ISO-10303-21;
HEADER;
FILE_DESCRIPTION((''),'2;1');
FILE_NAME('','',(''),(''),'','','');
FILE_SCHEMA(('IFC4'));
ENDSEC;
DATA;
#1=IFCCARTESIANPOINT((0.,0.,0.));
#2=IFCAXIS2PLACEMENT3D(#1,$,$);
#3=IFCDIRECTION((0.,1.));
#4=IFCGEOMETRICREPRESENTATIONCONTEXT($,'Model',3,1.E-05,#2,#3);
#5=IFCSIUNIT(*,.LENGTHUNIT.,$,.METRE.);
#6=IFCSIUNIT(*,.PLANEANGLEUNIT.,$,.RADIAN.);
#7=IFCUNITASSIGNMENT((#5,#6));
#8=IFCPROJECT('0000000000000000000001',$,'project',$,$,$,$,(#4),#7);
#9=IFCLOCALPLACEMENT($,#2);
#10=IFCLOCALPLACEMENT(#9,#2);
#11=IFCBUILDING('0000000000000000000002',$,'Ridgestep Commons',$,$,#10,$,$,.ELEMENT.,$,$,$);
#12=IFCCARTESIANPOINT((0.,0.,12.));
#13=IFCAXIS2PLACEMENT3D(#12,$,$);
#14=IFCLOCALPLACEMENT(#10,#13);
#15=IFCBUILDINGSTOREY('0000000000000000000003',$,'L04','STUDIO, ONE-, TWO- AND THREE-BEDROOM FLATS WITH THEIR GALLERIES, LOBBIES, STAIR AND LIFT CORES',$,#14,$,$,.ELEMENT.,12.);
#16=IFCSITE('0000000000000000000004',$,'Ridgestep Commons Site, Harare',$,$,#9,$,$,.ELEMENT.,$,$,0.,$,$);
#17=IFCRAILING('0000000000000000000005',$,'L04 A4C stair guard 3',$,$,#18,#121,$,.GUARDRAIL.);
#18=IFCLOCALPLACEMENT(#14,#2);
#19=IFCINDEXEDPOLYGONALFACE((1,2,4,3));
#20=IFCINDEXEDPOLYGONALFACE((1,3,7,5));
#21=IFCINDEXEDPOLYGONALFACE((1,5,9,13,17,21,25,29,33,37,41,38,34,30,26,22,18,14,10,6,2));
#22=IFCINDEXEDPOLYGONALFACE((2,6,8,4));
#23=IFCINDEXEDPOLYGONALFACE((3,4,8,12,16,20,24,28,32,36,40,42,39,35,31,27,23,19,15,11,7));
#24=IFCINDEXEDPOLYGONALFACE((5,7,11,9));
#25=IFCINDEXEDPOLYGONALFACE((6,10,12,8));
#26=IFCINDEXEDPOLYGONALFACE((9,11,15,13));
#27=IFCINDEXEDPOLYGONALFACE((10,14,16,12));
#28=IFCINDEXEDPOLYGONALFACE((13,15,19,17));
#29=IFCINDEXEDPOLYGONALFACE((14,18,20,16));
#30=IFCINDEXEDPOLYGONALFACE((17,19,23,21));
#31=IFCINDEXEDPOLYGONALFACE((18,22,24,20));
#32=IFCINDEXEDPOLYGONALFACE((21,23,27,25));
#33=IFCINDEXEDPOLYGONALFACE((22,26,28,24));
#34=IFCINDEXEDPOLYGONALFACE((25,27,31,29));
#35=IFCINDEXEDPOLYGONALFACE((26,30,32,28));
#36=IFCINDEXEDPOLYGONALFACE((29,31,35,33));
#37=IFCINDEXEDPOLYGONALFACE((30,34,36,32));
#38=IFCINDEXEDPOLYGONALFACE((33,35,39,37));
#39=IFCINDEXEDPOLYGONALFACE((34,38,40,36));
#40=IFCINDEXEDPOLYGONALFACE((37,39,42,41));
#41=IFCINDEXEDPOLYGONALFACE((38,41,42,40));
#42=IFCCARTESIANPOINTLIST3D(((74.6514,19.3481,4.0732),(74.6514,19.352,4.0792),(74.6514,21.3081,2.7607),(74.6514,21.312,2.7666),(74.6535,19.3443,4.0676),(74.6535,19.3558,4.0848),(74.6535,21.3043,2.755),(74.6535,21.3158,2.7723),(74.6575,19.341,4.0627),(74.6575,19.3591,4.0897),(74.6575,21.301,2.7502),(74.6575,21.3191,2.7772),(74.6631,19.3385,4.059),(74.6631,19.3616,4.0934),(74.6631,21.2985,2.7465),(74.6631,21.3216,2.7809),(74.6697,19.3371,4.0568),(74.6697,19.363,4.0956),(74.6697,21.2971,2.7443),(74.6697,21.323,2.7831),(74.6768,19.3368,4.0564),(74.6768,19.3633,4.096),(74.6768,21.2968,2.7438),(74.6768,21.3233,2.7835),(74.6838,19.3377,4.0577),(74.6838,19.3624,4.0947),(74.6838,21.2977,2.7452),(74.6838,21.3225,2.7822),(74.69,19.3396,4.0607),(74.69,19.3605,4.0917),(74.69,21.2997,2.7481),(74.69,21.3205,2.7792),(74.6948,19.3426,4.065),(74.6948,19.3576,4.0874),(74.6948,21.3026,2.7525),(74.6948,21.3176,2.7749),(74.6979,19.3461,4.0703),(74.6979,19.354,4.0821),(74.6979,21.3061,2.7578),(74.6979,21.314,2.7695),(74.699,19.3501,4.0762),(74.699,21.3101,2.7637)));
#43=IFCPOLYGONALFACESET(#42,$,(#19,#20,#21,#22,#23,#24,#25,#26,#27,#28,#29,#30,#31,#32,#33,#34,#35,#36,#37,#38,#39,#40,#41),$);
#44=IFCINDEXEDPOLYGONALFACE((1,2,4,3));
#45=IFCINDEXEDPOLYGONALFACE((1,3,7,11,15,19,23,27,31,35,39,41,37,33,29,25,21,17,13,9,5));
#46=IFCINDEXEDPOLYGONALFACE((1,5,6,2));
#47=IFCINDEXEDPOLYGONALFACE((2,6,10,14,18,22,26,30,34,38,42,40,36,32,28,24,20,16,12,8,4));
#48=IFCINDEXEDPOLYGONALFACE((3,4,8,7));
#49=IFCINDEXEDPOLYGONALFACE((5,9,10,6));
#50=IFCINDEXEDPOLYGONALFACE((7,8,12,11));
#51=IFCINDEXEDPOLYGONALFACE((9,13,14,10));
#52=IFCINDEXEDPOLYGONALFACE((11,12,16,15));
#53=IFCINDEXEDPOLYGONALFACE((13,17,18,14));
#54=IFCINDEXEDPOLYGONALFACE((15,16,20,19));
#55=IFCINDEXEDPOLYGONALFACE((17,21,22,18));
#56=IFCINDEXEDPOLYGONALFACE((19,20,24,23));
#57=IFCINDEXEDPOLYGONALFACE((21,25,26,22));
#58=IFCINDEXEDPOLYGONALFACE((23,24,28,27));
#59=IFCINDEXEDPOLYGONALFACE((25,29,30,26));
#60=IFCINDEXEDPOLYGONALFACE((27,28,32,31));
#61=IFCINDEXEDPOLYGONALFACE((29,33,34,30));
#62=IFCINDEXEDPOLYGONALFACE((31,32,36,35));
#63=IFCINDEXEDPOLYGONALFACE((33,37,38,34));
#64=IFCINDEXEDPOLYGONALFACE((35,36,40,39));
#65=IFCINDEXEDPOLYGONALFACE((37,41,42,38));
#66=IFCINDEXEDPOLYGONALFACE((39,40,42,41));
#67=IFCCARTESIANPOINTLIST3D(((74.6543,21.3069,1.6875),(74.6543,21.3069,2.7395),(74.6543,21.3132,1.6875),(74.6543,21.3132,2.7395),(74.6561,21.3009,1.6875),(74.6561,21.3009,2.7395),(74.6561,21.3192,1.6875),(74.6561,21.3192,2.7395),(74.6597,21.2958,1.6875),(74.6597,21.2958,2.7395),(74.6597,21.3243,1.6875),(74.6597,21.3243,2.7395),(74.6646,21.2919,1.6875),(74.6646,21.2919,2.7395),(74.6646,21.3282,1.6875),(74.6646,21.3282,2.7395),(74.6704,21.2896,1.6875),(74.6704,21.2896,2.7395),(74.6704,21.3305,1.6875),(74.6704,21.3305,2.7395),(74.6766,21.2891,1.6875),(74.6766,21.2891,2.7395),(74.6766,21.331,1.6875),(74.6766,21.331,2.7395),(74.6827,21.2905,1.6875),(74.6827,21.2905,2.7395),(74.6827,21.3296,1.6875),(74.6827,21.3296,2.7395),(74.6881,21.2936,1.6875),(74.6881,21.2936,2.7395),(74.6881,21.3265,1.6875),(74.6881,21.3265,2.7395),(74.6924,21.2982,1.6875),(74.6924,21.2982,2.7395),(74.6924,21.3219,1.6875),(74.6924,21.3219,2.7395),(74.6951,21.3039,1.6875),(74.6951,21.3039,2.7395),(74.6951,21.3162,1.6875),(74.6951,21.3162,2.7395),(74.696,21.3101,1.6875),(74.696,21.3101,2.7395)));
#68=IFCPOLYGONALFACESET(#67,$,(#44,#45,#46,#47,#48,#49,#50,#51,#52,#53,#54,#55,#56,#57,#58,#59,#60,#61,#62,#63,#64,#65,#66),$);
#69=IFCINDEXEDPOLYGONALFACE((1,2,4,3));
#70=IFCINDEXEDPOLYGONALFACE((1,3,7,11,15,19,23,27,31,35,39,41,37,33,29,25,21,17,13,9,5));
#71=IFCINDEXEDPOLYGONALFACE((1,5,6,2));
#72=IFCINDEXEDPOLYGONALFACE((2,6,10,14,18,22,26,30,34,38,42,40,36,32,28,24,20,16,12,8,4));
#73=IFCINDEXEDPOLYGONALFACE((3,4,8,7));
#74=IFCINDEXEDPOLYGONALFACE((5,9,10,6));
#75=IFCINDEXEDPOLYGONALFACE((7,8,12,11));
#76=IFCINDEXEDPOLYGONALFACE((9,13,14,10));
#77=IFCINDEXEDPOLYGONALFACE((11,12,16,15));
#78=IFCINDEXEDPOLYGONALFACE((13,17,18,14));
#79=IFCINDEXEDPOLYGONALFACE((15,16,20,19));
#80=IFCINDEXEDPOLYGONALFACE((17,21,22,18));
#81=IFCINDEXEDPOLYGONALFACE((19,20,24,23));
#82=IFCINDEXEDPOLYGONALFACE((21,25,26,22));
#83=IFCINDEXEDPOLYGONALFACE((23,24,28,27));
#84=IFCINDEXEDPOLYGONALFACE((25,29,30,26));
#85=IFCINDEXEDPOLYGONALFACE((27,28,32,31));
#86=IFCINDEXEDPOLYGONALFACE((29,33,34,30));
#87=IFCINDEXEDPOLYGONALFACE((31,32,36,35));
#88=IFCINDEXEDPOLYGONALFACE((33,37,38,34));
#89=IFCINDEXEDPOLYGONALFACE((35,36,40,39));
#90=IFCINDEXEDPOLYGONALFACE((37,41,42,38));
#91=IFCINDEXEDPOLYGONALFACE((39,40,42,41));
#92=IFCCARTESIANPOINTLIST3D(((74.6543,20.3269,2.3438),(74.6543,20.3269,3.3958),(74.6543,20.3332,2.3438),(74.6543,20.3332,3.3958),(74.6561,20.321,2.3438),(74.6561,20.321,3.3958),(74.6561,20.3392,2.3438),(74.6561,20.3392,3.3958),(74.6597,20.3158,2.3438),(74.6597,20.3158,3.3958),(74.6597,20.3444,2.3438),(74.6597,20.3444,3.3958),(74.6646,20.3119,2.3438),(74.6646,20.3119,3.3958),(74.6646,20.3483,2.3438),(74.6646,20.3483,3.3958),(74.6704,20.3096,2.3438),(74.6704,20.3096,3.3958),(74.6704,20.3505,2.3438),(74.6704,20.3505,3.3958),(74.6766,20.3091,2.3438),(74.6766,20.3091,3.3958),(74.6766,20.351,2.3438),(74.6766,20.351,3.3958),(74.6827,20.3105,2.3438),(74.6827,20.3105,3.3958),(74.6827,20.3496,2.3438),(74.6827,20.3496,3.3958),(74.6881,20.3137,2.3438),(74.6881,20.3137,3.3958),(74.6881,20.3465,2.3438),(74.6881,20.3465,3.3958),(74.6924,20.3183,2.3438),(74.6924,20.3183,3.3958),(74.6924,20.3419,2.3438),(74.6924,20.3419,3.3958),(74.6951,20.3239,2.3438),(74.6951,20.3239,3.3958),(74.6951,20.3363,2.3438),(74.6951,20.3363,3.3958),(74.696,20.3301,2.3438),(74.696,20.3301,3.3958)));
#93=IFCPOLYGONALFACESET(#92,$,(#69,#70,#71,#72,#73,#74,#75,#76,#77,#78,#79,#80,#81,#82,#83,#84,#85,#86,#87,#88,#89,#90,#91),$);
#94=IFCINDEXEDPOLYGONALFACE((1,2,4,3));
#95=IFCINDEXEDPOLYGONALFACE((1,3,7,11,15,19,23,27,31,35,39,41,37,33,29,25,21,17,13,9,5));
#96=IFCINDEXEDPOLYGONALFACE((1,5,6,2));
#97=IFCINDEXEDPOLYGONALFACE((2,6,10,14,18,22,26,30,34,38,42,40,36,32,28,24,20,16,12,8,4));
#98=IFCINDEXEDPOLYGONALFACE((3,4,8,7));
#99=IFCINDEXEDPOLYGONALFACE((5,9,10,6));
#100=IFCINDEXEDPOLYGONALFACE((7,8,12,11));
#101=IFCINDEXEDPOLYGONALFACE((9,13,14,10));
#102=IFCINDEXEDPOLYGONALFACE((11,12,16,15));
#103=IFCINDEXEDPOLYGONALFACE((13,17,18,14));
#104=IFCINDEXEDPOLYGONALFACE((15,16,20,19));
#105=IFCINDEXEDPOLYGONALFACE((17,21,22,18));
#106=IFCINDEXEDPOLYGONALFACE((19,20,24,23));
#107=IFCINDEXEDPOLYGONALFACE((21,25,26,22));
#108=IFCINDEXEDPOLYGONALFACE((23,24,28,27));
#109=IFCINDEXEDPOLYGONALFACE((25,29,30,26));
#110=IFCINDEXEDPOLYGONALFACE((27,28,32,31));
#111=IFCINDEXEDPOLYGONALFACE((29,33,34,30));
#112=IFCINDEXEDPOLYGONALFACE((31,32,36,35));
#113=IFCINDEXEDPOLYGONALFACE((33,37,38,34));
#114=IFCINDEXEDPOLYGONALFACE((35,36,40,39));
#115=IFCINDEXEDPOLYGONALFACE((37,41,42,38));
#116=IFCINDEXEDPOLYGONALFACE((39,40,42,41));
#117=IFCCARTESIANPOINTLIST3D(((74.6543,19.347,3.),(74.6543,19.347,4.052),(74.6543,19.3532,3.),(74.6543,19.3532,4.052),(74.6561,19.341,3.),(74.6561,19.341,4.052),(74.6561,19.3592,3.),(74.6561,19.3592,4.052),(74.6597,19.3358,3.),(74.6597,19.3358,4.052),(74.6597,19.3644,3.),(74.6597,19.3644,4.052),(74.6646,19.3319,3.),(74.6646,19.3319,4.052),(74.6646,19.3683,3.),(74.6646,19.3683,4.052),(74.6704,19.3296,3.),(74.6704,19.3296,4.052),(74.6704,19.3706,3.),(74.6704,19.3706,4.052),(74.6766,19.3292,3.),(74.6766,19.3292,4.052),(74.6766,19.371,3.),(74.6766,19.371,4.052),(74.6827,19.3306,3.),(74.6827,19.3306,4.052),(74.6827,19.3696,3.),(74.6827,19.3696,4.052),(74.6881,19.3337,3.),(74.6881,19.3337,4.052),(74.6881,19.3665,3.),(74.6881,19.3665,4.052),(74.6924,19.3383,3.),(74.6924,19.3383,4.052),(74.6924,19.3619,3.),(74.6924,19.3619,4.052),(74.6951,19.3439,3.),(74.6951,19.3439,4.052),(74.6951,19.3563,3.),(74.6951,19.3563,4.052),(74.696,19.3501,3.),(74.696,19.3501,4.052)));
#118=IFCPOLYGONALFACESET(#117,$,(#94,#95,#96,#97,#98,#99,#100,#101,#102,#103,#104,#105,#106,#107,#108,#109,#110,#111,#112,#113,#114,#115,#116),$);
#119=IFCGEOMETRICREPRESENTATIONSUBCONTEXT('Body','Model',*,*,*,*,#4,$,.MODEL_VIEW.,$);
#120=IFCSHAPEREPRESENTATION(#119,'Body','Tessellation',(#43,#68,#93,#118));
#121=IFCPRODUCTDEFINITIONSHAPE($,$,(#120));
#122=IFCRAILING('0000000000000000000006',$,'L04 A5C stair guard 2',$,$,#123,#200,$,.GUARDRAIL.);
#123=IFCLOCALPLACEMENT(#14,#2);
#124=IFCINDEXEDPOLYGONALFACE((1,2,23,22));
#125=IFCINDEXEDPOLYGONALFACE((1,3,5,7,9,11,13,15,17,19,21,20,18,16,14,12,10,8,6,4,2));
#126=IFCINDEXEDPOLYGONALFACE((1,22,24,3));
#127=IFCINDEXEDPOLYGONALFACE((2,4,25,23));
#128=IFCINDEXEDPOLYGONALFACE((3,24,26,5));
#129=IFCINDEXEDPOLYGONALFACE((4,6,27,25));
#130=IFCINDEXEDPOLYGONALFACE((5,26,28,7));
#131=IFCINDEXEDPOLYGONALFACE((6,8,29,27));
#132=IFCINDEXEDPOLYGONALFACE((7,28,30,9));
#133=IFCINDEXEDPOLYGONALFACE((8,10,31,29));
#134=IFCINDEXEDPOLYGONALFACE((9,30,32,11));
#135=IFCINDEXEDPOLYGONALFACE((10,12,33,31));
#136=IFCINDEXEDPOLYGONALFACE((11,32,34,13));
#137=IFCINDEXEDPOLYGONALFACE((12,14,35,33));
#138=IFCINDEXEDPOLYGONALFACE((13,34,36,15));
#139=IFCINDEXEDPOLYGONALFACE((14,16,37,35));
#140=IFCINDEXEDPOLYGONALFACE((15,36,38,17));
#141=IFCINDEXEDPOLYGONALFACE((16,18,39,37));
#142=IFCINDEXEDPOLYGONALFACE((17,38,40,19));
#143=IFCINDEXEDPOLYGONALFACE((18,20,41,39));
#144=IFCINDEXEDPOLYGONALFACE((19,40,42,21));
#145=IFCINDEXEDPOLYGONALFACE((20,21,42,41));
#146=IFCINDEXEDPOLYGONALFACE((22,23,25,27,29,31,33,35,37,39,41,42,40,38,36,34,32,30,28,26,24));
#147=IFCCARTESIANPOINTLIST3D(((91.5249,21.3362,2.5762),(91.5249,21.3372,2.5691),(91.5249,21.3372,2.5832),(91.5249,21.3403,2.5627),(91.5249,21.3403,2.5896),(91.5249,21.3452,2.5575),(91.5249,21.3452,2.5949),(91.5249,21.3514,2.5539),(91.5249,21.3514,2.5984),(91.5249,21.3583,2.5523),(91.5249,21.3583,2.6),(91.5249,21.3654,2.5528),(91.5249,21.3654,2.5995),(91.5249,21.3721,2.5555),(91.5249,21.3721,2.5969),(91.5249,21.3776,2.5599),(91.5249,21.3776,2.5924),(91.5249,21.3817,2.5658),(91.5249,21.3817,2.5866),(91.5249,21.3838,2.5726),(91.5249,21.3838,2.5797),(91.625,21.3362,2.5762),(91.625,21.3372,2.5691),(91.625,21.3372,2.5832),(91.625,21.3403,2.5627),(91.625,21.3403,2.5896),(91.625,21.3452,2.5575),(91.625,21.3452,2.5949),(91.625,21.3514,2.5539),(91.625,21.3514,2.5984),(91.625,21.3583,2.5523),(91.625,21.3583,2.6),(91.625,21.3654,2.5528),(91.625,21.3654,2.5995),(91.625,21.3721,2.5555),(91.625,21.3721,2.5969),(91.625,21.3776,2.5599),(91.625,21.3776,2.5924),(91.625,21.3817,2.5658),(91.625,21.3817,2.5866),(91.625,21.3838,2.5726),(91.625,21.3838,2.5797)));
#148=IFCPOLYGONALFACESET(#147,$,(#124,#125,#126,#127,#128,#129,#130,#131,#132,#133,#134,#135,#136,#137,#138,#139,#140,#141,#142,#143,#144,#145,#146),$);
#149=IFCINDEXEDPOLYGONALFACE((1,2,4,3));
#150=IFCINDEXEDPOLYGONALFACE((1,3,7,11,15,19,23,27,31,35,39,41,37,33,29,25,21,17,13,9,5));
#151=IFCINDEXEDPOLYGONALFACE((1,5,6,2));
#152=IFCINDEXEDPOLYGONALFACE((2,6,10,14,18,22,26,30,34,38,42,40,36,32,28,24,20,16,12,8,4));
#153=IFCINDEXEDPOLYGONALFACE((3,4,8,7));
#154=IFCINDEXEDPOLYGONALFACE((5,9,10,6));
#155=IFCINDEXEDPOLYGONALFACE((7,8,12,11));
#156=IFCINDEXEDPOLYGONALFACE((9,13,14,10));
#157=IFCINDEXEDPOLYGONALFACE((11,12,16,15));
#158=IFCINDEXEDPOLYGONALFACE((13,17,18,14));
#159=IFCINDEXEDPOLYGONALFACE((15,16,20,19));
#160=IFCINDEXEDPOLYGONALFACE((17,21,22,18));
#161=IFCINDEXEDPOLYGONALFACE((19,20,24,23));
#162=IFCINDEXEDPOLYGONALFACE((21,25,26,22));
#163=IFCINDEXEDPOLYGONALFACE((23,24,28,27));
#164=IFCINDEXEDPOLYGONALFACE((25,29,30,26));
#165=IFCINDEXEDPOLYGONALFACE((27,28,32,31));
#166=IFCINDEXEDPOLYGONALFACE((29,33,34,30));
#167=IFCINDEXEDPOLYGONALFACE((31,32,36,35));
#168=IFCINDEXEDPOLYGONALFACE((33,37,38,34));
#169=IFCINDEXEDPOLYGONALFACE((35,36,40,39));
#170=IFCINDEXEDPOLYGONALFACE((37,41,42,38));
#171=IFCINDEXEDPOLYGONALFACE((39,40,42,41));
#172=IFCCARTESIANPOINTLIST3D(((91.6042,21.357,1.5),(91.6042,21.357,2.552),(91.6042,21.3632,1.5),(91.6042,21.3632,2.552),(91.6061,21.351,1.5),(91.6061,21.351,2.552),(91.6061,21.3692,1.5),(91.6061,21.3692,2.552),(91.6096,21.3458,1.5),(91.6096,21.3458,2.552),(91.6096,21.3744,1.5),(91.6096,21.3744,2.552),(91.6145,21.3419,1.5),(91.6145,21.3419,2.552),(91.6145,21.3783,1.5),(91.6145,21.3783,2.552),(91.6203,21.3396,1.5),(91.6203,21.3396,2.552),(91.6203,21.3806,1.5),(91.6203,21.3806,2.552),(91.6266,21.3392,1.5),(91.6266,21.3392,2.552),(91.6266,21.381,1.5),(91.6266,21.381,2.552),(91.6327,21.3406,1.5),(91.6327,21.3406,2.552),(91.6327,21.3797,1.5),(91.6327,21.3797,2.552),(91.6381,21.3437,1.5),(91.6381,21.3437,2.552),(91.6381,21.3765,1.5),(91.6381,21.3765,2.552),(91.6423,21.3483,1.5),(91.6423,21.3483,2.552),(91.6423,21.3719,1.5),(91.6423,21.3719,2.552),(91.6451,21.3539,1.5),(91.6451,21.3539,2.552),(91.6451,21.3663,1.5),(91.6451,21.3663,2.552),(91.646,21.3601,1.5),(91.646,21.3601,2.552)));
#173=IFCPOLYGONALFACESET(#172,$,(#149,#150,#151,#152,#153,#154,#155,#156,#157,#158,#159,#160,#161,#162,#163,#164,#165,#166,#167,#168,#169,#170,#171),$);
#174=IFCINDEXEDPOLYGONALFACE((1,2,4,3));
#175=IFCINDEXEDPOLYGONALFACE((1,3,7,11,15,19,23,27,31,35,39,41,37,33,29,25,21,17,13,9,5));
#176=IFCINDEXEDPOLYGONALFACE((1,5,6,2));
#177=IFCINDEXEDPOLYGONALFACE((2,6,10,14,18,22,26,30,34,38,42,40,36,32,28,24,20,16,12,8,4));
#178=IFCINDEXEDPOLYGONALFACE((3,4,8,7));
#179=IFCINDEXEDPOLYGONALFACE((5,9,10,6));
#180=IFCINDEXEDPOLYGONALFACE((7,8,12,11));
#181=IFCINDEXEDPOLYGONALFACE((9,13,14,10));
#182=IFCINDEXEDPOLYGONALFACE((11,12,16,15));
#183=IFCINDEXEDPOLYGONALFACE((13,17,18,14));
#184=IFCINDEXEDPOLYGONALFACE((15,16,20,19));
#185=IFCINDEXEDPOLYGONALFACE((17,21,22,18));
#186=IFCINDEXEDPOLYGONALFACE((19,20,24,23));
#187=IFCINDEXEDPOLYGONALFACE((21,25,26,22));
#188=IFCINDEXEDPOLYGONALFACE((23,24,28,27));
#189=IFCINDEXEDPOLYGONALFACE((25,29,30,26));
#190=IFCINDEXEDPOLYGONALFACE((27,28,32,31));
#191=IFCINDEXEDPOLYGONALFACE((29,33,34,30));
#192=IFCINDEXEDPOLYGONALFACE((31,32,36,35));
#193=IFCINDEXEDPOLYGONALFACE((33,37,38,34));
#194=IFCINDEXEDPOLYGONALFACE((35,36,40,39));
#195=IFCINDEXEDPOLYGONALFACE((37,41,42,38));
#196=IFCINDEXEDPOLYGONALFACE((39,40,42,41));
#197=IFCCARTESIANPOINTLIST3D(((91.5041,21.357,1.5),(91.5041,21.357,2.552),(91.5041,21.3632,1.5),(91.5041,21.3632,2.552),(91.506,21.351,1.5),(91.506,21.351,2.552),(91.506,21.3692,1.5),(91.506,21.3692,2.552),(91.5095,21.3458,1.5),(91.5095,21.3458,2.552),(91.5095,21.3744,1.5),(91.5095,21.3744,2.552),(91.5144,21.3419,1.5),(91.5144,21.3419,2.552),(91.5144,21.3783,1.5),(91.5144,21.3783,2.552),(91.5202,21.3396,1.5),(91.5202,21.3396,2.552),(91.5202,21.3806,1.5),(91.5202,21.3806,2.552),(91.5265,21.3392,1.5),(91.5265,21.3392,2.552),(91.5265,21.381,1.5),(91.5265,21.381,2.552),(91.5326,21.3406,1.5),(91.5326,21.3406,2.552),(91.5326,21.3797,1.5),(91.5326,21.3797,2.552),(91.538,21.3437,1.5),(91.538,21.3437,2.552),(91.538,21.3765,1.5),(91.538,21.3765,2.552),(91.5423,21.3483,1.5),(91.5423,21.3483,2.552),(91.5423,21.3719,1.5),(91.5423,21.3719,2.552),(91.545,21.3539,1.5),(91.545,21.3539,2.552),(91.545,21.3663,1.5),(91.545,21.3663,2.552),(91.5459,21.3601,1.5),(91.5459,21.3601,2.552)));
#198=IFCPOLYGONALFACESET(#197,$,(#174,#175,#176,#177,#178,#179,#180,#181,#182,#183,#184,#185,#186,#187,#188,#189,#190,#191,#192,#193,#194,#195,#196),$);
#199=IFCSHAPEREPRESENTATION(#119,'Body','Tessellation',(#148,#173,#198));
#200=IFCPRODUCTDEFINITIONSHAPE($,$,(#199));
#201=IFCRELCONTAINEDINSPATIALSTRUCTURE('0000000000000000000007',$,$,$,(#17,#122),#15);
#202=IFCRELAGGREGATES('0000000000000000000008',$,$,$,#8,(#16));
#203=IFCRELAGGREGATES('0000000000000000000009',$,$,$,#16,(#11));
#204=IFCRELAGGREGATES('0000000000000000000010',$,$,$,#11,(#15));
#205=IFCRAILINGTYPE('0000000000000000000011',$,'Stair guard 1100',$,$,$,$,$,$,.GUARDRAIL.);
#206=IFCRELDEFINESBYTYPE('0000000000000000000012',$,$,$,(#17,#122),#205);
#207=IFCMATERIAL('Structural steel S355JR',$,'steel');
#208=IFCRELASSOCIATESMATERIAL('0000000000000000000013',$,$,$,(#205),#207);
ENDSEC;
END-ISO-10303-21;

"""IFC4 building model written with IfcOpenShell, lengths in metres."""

from ifc_helpers import new_model, si_unit, direction, frame, origin, origin_2d, place, context, subcontext, project, spatial, circle, extrude, material, type_object, element, save


model = new_model("IFC4")

# Units and contexts
model_context = context("Model", 3, precision=1e-05, world=origin(), true_north=direction((0.0, 1.0)))
body_context = subcontext(model_context, "Body", "Model", "MODEL_VIEW")
ifc_project = project(units=[si_unit("LENGTHUNIT", "METRE"), si_unit("PLANEANGLEUNIT", "RADIAN")], contexts=[model_context])

# Site, building, storey
site_placement = place(None, origin())
site = spatial("IfcSite", under=ifc_project, at=site_placement, Name="Ridgestep Commons Site, Harare", CompositionType="ELEMENT", RefElevation=0.0)
building_placement = place(site_placement, origin())
building = spatial("IfcBuilding", under=site, at=building_placement, Name="Ridgestep Commons", CompositionType="ELEMENT")
storey_placement = place(building_placement, frame((0.0, 0.0, 12.0)))
storey = spatial("IfcBuildingStorey", under=building, at=storey_placement, Name="L04", Description="STUDIO, ONE-, TWO- AND THREE-BEDROOM FLATS WITH THEIR GALLERIES, LOBBIES, STAIR AND LIFT CORES", CompositionType="ELEMENT", Elevation=12.0)

# Railings
ifc_material_1 = material(Name="Structural steel S355JR", Category="steel")
railing_type_1 = type_object("IfcRailingType", Name="Stair guard 1100", PredefinedType="GUARDRAIL", material=ifc_material_1)
railing_1_placement = place(storey_placement, frame((74.675, 21.3101, 1.6875)))
element("IfcRailing", 1, at=railing_1_placement, inside=storey, type_object=railing_type_1, Name="L04 A4C stair guard 3", PredefinedType="GUARDRAIL", context=body_context, shape_type="SweptSolid", body=[
    extrude(circle(Radius=0.0239, at=origin_2d()), frame((0.0, 0.0, 1.0762), z_axis=(0.0, -0.830902, 0.556419), x_axis=(1.0, 0.0, 0.0)), (0.0, 0.0, 1.0), 2.3589),
    extrude(circle(Radius=0.021, at=origin_2d()), origin(), (0.0, 0.0, 1.0), 1.052),
    extrude(circle(Radius=0.021, at=origin_2d()), frame((0.0, -0.98, 0.6562)), (0.0, 0.0, 1.0), 1.052),
    extrude(circle(Radius=0.021, at=origin_2d()), frame((0.0, -1.96, 1.3125)), (0.0, 0.0, 1.0), 1.052),
])
railing_2_placement = place(storey_placement, frame((91.625, 21.3601, 1.5)))
element("IfcRailing", 2, at=railing_2_placement, inside=storey, type_object=railing_type_1, Name="L04 A5C stair guard 2", PredefinedType="GUARDRAIL", context=body_context, shape_type="SweptSolid", body=[
    extrude(circle(Radius=0.0239, at=origin_2d()), frame((0.0, 0.0, 1.0762), z_axis=(-1.0, 0.0, 0.0), x_axis=(0.0, -1.0, 0.0)), (0.0, 0.0, 1.0), 0.1001),
    extrude(circle(Radius=0.021, at=origin_2d()), origin(), (0.0, 0.0, 1.0), 1.052),
    extrude(circle(Radius=0.021, at=origin_2d()), frame((-0.1001, 0.0, 0.0)), (0.0, 0.0, 1.0), 1.052),
])

save(model, "model.ifc")
